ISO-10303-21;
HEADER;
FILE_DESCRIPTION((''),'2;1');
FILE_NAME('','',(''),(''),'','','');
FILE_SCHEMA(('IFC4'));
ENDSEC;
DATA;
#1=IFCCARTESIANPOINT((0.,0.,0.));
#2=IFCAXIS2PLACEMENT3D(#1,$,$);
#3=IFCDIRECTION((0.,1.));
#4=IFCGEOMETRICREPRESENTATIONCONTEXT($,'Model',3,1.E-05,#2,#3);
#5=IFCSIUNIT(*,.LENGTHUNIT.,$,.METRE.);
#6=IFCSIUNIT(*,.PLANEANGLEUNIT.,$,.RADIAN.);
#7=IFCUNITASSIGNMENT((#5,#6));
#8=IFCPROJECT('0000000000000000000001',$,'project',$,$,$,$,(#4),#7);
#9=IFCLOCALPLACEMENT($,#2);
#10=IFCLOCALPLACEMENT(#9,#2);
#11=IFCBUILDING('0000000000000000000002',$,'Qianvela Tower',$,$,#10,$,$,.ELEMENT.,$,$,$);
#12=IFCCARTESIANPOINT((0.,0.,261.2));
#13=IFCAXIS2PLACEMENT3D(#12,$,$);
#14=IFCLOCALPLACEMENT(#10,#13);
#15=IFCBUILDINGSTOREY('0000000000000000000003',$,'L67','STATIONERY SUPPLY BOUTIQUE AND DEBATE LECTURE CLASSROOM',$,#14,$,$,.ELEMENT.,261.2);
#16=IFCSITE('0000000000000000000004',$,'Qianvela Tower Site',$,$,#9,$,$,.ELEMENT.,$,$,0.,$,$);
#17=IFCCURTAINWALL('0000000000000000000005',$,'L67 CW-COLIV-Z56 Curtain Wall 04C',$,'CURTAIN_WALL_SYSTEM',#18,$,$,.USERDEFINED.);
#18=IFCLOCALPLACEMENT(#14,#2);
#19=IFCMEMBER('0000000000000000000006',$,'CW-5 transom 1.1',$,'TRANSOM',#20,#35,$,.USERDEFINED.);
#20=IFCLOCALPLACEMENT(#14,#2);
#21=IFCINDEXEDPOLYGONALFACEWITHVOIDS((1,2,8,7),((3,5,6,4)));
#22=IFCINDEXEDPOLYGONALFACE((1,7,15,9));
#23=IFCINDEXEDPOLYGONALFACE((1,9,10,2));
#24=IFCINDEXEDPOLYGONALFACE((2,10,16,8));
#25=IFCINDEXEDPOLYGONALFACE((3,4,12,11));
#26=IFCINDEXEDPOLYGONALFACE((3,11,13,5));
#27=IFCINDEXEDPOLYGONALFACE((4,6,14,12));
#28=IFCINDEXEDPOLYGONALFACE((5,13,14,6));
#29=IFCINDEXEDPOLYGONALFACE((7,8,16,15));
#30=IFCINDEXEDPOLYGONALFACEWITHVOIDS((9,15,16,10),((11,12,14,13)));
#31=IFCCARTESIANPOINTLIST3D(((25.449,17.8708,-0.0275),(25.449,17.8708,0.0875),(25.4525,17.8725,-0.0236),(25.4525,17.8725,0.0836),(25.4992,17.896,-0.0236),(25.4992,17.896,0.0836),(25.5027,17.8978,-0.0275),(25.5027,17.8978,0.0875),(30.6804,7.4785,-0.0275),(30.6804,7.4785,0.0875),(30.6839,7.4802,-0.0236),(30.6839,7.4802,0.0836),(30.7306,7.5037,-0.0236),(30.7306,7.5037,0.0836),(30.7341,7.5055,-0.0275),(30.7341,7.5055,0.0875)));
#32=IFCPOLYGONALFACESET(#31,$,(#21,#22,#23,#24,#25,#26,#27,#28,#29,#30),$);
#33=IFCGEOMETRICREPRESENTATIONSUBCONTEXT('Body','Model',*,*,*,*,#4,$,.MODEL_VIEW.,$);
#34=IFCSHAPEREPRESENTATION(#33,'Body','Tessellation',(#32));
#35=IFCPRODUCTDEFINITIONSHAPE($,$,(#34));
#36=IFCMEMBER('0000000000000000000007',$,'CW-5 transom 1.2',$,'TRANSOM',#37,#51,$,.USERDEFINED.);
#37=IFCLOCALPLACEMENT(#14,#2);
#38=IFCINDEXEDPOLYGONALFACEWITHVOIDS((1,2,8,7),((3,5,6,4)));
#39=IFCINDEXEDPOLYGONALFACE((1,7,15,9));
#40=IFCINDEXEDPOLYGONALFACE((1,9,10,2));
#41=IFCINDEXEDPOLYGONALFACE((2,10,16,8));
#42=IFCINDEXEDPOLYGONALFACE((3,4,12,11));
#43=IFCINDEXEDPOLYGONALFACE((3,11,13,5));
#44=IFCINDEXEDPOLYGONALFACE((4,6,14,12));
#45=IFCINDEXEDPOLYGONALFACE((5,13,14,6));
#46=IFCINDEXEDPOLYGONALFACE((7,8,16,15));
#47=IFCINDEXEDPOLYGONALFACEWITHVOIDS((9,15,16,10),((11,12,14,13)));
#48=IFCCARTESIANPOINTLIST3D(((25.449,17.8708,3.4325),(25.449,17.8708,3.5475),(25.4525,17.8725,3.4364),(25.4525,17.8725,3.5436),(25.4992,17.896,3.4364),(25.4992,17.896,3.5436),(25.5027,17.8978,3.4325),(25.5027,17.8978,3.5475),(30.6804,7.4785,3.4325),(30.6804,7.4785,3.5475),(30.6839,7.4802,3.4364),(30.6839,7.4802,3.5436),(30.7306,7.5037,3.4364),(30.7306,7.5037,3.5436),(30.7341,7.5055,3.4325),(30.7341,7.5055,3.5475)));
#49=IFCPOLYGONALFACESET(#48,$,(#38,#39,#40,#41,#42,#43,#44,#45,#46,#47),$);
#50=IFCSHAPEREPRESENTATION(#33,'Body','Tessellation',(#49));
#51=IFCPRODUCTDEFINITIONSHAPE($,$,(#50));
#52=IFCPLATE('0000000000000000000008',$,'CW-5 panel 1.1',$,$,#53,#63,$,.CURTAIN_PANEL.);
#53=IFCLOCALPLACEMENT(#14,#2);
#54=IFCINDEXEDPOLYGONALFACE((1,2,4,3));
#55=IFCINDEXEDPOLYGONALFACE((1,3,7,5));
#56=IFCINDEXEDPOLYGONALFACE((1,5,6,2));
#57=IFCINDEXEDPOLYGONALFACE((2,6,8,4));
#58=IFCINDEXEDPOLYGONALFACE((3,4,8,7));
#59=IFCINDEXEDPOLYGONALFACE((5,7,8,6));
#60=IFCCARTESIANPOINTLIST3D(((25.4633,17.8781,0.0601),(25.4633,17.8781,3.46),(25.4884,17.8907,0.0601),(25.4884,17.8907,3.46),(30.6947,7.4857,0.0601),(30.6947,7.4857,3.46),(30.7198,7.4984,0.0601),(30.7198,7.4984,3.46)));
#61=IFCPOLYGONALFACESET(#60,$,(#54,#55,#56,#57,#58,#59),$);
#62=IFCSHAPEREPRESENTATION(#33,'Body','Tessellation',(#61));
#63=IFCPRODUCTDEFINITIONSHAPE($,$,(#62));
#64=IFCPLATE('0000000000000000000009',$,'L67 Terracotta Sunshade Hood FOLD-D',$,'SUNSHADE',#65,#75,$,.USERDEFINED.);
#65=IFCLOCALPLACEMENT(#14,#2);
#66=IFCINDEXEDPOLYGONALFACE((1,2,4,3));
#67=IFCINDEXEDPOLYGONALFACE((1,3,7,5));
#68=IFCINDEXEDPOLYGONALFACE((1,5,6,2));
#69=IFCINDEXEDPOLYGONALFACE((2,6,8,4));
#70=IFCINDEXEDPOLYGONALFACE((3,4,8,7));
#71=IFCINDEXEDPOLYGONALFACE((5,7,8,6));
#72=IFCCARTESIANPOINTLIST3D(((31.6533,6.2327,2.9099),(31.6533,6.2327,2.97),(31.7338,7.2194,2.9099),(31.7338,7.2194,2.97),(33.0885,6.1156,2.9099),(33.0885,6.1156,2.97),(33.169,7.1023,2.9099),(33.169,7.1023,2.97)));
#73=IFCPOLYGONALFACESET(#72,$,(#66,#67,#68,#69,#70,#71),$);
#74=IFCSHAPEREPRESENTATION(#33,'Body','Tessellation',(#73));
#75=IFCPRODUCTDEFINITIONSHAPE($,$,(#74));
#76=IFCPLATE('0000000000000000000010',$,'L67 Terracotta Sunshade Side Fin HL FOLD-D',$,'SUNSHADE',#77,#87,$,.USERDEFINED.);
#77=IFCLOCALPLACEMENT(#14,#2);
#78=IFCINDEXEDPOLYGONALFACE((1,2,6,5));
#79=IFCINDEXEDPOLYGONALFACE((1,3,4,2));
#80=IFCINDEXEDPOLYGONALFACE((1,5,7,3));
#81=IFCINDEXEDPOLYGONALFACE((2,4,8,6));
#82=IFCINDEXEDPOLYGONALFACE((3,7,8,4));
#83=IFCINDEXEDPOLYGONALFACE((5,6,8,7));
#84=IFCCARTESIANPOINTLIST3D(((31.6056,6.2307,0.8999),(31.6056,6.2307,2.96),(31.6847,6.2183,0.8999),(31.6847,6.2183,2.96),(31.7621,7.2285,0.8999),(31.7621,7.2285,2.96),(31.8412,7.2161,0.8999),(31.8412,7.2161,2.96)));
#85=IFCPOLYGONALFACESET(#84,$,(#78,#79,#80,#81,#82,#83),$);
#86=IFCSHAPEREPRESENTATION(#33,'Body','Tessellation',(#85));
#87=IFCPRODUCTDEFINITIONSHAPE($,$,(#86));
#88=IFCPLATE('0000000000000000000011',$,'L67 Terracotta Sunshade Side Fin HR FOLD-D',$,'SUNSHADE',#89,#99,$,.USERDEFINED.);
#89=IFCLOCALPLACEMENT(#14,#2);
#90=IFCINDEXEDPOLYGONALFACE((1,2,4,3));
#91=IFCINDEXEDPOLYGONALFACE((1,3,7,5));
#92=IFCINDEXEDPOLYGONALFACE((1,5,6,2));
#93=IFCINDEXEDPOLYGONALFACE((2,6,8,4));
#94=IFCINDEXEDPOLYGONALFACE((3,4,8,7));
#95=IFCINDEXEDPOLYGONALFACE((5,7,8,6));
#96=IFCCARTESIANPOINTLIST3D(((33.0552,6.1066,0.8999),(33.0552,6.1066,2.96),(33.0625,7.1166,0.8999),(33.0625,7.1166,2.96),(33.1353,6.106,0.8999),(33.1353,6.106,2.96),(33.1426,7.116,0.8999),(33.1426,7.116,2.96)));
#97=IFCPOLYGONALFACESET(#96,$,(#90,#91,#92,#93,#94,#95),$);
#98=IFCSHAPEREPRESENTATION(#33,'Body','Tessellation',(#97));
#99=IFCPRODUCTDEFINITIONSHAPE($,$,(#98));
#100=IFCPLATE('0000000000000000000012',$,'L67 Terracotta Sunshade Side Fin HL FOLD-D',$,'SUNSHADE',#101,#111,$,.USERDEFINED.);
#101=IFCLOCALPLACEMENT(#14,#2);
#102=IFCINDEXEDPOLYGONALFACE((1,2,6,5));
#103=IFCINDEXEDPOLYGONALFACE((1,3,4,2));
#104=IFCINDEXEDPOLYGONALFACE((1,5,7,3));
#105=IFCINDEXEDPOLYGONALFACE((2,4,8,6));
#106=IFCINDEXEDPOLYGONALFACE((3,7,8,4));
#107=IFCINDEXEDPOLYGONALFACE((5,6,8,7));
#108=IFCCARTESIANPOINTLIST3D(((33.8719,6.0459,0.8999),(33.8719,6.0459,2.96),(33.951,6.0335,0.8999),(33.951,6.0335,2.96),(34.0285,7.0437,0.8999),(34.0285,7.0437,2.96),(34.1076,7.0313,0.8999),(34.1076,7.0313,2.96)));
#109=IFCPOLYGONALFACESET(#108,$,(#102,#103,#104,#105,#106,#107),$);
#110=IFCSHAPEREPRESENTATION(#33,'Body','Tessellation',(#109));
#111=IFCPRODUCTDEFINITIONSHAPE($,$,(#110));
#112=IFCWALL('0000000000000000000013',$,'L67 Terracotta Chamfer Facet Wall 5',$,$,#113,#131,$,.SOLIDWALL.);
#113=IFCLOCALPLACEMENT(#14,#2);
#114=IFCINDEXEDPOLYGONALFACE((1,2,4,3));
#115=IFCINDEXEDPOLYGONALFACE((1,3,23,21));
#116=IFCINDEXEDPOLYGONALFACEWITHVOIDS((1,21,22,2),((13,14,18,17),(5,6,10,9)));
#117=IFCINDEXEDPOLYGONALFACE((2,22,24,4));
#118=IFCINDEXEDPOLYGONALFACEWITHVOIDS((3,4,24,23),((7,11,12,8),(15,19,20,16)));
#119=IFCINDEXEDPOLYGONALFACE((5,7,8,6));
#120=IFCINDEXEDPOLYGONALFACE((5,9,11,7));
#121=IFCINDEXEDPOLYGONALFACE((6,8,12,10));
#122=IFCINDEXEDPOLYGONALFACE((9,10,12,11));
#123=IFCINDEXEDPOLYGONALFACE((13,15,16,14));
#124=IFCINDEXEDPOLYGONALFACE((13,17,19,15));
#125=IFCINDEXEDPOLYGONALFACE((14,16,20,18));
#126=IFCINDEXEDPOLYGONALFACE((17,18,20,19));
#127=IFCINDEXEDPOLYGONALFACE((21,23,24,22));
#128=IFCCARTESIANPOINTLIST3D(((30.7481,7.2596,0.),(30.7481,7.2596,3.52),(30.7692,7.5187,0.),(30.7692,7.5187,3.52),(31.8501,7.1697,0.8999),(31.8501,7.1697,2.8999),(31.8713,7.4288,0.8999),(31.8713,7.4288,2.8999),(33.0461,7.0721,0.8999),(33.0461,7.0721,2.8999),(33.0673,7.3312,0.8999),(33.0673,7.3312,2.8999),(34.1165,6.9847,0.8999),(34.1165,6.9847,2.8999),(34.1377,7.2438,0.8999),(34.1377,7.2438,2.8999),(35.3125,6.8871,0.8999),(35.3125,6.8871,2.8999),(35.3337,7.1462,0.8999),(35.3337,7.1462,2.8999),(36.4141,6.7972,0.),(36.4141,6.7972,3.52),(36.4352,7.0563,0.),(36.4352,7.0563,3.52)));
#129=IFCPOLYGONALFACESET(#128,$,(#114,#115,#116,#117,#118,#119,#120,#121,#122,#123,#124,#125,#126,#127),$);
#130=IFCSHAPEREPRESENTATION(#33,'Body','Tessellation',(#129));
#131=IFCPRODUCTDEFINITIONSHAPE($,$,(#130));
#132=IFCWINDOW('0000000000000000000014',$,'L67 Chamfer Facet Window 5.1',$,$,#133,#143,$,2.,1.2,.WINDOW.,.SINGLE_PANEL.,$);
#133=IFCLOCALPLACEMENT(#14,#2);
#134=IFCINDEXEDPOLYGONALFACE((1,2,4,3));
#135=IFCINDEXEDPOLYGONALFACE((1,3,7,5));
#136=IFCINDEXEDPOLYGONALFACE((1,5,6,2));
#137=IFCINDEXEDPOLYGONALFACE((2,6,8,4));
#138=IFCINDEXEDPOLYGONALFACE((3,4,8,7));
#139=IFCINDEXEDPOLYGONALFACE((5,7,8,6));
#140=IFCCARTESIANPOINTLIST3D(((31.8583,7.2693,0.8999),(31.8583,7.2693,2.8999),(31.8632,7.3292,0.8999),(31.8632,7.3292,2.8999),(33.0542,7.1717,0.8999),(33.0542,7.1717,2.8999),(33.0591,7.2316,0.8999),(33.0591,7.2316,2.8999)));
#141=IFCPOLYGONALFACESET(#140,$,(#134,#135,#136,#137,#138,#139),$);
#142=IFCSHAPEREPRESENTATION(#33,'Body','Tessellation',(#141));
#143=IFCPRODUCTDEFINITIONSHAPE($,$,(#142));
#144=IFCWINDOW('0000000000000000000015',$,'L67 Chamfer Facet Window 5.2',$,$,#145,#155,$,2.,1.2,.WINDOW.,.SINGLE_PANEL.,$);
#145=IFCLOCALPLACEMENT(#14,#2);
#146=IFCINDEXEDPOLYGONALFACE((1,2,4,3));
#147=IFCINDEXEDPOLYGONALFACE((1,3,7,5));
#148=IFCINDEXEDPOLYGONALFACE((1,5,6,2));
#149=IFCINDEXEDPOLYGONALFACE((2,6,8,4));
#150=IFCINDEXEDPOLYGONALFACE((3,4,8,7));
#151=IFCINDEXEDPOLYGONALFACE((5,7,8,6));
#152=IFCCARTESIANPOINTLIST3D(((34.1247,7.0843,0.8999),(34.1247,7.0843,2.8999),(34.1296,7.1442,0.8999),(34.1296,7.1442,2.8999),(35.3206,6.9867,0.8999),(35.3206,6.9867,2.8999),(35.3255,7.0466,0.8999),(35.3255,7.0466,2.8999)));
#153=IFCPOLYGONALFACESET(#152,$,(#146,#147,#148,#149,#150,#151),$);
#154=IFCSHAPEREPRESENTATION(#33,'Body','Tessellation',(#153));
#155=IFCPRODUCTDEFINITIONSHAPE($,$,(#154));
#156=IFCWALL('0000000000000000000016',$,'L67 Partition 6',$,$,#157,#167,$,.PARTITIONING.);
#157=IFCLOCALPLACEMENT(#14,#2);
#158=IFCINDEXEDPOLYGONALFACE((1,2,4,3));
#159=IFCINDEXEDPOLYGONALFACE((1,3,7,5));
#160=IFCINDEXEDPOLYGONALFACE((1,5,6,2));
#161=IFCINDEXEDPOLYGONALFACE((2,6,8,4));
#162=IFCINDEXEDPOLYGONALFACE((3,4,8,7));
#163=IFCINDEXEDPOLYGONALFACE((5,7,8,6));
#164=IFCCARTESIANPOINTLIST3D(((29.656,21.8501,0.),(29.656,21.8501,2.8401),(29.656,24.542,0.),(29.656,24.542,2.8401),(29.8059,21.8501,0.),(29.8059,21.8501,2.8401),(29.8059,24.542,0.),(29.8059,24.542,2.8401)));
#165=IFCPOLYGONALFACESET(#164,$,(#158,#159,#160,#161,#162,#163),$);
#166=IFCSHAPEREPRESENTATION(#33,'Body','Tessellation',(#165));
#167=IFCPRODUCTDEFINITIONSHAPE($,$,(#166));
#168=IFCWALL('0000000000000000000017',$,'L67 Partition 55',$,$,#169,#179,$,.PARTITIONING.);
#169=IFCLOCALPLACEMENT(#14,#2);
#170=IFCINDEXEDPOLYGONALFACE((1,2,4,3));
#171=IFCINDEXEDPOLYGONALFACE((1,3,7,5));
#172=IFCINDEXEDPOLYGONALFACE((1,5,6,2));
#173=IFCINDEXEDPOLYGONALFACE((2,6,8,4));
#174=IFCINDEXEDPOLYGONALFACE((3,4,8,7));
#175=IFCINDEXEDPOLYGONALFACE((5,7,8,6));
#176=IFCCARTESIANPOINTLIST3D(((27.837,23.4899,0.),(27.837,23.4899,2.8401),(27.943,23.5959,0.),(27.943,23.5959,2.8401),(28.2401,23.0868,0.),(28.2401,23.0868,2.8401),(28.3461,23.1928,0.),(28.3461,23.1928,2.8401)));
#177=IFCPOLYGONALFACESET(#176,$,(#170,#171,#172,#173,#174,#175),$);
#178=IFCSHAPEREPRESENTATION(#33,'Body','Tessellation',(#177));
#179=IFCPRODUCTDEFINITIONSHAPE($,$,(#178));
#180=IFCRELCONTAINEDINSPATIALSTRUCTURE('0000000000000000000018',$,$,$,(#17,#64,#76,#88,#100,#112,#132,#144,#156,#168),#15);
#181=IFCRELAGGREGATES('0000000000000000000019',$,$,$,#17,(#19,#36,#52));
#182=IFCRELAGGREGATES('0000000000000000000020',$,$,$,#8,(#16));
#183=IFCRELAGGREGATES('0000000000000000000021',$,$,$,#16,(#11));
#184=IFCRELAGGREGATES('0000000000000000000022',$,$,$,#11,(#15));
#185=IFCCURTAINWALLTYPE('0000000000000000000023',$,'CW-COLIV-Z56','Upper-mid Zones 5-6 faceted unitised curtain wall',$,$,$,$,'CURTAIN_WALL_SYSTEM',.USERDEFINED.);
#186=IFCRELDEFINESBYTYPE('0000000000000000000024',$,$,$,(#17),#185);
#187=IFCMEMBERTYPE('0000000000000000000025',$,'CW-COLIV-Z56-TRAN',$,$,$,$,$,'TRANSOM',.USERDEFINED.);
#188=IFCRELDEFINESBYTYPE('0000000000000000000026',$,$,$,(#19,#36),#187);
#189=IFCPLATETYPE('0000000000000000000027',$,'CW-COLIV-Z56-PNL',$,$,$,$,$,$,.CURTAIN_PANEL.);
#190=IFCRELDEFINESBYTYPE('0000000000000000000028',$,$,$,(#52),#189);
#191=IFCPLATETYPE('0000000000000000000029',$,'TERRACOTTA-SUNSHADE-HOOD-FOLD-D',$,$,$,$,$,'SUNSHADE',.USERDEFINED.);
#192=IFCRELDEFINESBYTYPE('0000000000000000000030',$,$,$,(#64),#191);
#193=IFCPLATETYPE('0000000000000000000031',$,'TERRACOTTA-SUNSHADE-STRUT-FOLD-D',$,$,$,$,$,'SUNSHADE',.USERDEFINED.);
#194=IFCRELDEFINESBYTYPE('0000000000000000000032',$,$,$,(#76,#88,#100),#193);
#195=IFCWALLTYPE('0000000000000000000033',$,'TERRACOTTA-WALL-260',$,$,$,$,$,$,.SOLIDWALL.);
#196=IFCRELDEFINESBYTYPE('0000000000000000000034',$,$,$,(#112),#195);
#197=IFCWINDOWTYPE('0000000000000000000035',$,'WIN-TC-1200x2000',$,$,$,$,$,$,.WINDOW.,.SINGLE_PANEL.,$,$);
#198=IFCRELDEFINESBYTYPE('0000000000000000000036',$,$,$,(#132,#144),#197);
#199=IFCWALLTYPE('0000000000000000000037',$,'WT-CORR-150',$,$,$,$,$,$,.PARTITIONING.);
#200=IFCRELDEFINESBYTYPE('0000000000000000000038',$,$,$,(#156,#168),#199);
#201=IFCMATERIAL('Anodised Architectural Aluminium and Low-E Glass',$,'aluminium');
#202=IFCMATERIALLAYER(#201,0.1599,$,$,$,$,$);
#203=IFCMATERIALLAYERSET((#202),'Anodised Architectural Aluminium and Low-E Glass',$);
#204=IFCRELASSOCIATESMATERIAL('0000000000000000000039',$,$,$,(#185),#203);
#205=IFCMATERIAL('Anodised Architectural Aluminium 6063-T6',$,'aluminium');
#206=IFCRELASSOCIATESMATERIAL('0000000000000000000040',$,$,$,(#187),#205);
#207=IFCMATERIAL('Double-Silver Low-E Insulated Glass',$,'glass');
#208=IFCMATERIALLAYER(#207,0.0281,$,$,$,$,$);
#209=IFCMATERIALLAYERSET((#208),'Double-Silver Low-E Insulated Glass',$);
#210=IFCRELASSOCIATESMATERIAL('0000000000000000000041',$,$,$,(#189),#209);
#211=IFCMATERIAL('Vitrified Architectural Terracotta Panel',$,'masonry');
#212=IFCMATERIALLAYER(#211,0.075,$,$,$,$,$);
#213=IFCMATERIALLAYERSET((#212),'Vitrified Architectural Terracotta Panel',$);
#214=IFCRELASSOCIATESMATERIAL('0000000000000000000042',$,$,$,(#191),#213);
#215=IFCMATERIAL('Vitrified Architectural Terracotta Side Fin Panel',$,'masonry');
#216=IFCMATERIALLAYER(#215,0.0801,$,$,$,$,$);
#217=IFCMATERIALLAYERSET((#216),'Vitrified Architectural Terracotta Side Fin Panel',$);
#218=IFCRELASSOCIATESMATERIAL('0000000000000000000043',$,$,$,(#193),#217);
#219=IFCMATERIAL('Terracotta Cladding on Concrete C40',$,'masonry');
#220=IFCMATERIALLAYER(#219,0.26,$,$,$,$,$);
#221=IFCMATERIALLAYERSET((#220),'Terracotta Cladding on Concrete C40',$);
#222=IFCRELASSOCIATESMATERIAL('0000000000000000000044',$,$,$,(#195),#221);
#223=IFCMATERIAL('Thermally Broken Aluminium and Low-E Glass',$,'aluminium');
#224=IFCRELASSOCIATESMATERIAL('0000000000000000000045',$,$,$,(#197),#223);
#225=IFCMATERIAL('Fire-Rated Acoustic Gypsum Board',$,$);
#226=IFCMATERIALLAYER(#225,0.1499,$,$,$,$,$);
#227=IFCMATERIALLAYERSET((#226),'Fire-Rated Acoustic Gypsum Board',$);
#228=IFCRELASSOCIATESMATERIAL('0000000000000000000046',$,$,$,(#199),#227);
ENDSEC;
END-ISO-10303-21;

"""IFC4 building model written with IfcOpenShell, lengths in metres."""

from ifc_helpers import new_model, si_unit, direction, frame, frame_2d, origin, origin_2d, place, context, subcontext, project, spatial, rectangle, hollow_rectangle, extrude, material, layer, layer_set, material_profile, profile_set, type_object, element, fill, aggregate, save


model = new_model("IFC4")

# Units and contexts
model_context = context("Model", 3, precision=1e-05, world=origin(), true_north=direction((0.0, 1.0)))
body_context = subcontext(model_context, "Body", "Model", "MODEL_VIEW")
ifc_project = project(units=[si_unit("LENGTHUNIT", "METRE"), si_unit("PLANEANGLEUNIT", "RADIAN")], contexts=[model_context])

# Site, building, storey
site_placement = place(None, origin())
site = spatial("IfcSite", under=ifc_project, at=site_placement, Name="Qianvela Tower Site", CompositionType="ELEMENT", RefElevation=0.0)
building_placement = place(site_placement, origin())
building = spatial("IfcBuilding", under=site, at=building_placement, Name="Qianvela Tower", CompositionType="ELEMENT")
storey_placement = place(building_placement, frame((0.0, 0.0, 261.2)))
storey = spatial("IfcBuildingStorey", under=building, at=storey_placement, Name="L67", Description="STATIONERY SUPPLY BOUTIQUE AND DEBATE LECTURE CLASSROOM", CompositionType="ELEMENT", Elevation=261.2)

# Curtain wall, members, plate
ifc_material_1 = material(Name="Anodised Architectural Aluminium and Low-E Glass", Category="aluminium")
ifc_layer_1 = layer(ifc_material_1, 0.1599)
ifc_layer_set_1 = layer_set([ifc_layer_1], Name="Anodised Architectural Aluminium and Low-E Glass")
curtain_wall_type = type_object("IfcCurtainWallType", Name="CW-COLIV-Z56", Description="Upper-mid Zones 5-6 faceted unitised curtain wall", ElementType="CURTAIN_WALL_SYSTEM", PredefinedType="USERDEFINED", material=ifc_layer_set_1)
curtain_wall_placement = place(storey_placement, origin())
curtain_wall = element("IfcCurtainWall", 1, at=curtain_wall_placement, inside=storey, type_object=curtain_wall_type, Name="L67 CW-COLIV-Z56 Curtain Wall 04C", ObjectType="CURTAIN_WALL_SYSTEM", PredefinedType="USERDEFINED")
ifc_material_2 = material(Name="Anodised Architectural Aluminium 6063-T6", Category="aluminium")
ifc_material_profile_1 = material_profile(ifc_material_2, hollow_rectangle(XDim=0.0601, YDim=0.115, WallThickness=0.0039, at=origin_2d()), Name="ALU-TRAN-60x115")
ifc_profile_set_1 = profile_set([ifc_material_profile_1], Name="Anodised Architectural Aluminium 6063-T6")
member_type_1 = type_object("IfcMemberType", Name="CW-COLIV-Z56-TRAN", ElementType="TRANSOM", PredefinedType="USERDEFINED", material=ifc_profile_set_1)
member_1_placement = place(storey_placement, frame((25.4758, 17.8843, 0.03), z_axis=(0.449638, -0.893211, 0.0), x_axis=(0.893211, 0.449638, 0.0)))
member_1 = element("IfcMember", 2, at=member_1_placement, type_object=member_type_1, Name="CW-5 transom 1.1", ObjectType="TRANSOM", PredefinedType="USERDEFINED", context=body_context, shape_type="SweptSolid", body=[
    extrude(hollow_rectangle(XDim=0.0601, YDim=0.115, WallThickness=0.0039, at=origin_2d()), origin(), (0.0, 0.0, 1.0), 11.6348),
])
member_2_placement = place(storey_placement, frame((25.4758, 17.8843, 3.49), z_axis=(0.449638, -0.893211, 0.0), x_axis=(0.893211, 0.449638, 0.0)))
member_2 = element("IfcMember", 3, at=member_2_placement, type_object=member_type_1, Name="CW-5 transom 1.2", ObjectType="TRANSOM", PredefinedType="USERDEFINED", context=body_context, shape_type="SweptSolid", body=[
    extrude(hollow_rectangle(XDim=0.0601, YDim=0.115, WallThickness=0.0039, at=origin_2d()), origin(), (0.0, 0.0, 1.0), 11.6348),
])
ifc_material_3 = material(Name="Double-Silver Low-E Insulated Glass", Category="glass")
ifc_layer_2 = layer(ifc_material_3, 0.0281)
ifc_layer_set_2 = layer_set([ifc_layer_2], Name="Double-Silver Low-E Insulated Glass")
plate_type_1 = type_object("IfcPlateType", Name="CW-COLIV-Z56-PNL", PredefinedType="CURTAIN_PANEL", material=ifc_layer_set_2)
plate_1_placement = place(storey_placement, frame((28.0916, 12.6882, 0.0601), z_axis=(0.0, 0.0, 1.0), x_axis=(0.449629, -0.893215, 0.0)))
plate_1 = element("IfcPlate", 4, at=plate_1_placement, type_object=plate_type_1, Name="CW-5 panel 1.1", PredefinedType="CURTAIN_PANEL", context=body_context, shape_type="SweptSolid", body=[
    extrude(rectangle(XDim=11.6348, YDim=0.0281, at=origin_2d()), origin(), (0.0, 0.0, 1.0), 3.3999),
])
aggregate(curtain_wall, [member_1, member_2, plate_1])

# Plates
ifc_material_4 = material(Name="Vitrified Architectural Terracotta Panel", Category="masonry")
ifc_layer_3 = layer(ifc_material_4, 0.075)
ifc_layer_set_3 = layer_set([ifc_layer_3], Name="Vitrified Architectural Terracotta Panel")
plate_type_2 = type_object("IfcPlateType", Name="TERRACOTTA-SUNSHADE-HOOD-FOLD-D", ElementType="SUNSHADE", PredefinedType="USERDEFINED", material=ifc_layer_set_3)
plate_2_placement = place(storey_placement, frame((32.4111, 6.6675, 2.9099), z_axis=(0.0, 0.0, 1.0), x_axis=(0.996686, -0.08134, 0.0)))
element("IfcPlate", 5, at=plate_2_placement, inside=storey, type_object=plate_type_2, Name="L67 Terracotta Sunshade Hood FOLD-D", ObjectType="SUNSHADE", PredefinedType="USERDEFINED", context=body_context, shape_type="SweptSolid", body=[
    extrude(rectangle(XDim=1.4399, YDim=0.99, at=origin_2d()), origin(), (0.0, 0.0, 1.0), 0.0601),
])
ifc_material_5 = material(Name="Vitrified Architectural Terracotta Side Fin Panel", Category="masonry")
ifc_layer_4 = layer(ifc_material_5, 0.0801)
ifc_layer_set_4 = layer_set([ifc_layer_4], Name="Vitrified Architectural Terracotta Side Fin Panel")
plate_type_3 = type_object("IfcPlateType", Name="TERRACOTTA-SUNSHADE-STRUT-FOLD-D", ElementType="SUNSHADE", PredefinedType="USERDEFINED", material=ifc_layer_set_4)
for number, where, z_axis, x_axis, name in (
    (6, (31.7234, 6.7234, 0.8999), (0.0, 0.0, 1.0), (0.987918, -0.154979, 0.0), "L67 Terracotta Sunshade Side Fin HL FOLD-D"),
    (7, (33.0989, 6.6113, 0.8999), (0.0, 0.0, 1.0), (0.999974, -0.007254, 0.0), "L67 Terracotta Sunshade Side Fin HR FOLD-D"),
    (8, (33.9897, 6.5386, 0.8999), (0.0, 0.0, 1.0), (0.987918, -0.154979, 0.0), "L67 Terracotta Sunshade Side Fin HL FOLD-D"),
):
    element("IfcPlate", number, at=place(storey_placement, frame(where, z_axis=z_axis, x_axis=x_axis)), inside=storey, type_object=plate_type_3, Name=name, ObjectType="SUNSHADE", PredefinedType="USERDEFINED", context=body_context, shape_type="SweptSolid", body=[
        extrude(rectangle(XDim=0.0801, YDim=1.01, at=origin_2d()), origin(), (0.0, 0.0, 1.0), 2.0601),
    ])

# Wall, openings, windows
ifc_material_6 = material(Name="Terracotta Cladding on Concrete C40", Category="masonry")
ifc_layer_5 = layer(ifc_material_6, 0.26)
ifc_layer_set_5 = layer_set([ifc_layer_5], Name="Terracotta Cladding on Concrete C40")
wall_type_1 = type_object("IfcWallType", Name="TERRACOTTA-WALL-260", PredefinedType="SOLIDWALL", material=ifc_layer_set_5)
wall_1_placement = place(storey_placement, frame((30.7588, 7.3892, 0.0), z_axis=(0.0, 0.0, 1.0), x_axis=(0.996686, -0.081339, 0.0)))
wall_1 = element("IfcWall", 9, at=wall_1_placement, inside=storey, type_object=wall_type_1, Name="L67 Terracotta Chamfer Facet Wall 5", PredefinedType="SOLIDWALL", context=body_context, shape_type="SweptSolid", body=[
    extrude(rectangle(XDim=5.6848, YDim=0.26, at=frame_2d((2.8423, 0.0))), origin(), (0.0, 0.0, 1.0), 3.52),
])
opening_1_placement = place(wall_1_placement, frame((1.1055, 0.0, 0.8999)))
opening_1 = element("IfcOpeningElement", 10, at=opening_1_placement, cuts=wall_1, PredefinedType="OPENING", context=body_context, shape_type="SweptSolid", body=[
    extrude(rectangle(XDim=1.2, YDim=2.0, at=frame_2d((0.6001, 1.0))), frame((0.0, 0.1399, 0.0), z_axis=(0.0, -1.0, 0.0), x_axis=(1.0, 0.0, 0.0)), (0.0, 0.0, 1.0), 0.28),
])
opening_2_placement = place(wall_1_placement, frame((3.3794, 0.0, 0.8999)))
opening_2 = element("IfcOpeningElement", 11, at=opening_2_placement, cuts=wall_1, PredefinedType="OPENING", context=body_context, shape_type="SweptSolid", body=[
    extrude(rectangle(XDim=1.2, YDim=2.0, at=frame_2d((0.6001, 1.0))), frame((0.0, 0.1399, 0.0), z_axis=(0.0, -1.0, 0.0), x_axis=(1.0, 0.0, 0.0)), (0.0, 0.0, 1.0), 0.28),
])
ifc_material_7 = material(Name="Thermally Broken Aluminium and Low-E Glass", Category="aluminium")
window_type = type_object("IfcWindowType", Name="WIN-TC-1200x2000", PartitioningType="SINGLE_PANEL", PredefinedType="WINDOW", material=ifc_material_7)
window_1_placement = place(opening_1_placement, origin())
window_1 = element("IfcWindow", 12, at=window_1_placement, inside=storey, type_object=window_type, Name="L67 Chamfer Facet Window 5.1", OverallHeight=2.0, OverallWidth=1.2, PartitioningType="SINGLE_PANEL", PredefinedType="WINDOW", context=body_context, shape_type="SweptSolid", body=[
    extrude(rectangle(XDim=1.2, YDim=2.0, at=frame_2d((0.6001, 1.0))), frame((0.0, 0.03, 0.0), z_axis=(0.0, -1.0, 0.0), x_axis=(1.0, 0.0, 0.0)), (0.0, 0.0, 1.0), 0.0601),
])
fill(opening_1, window_1)
window_2_placement = place(opening_2_placement, origin())
window_2 = element("IfcWindow", 13, at=window_2_placement, inside=storey, type_object=window_type, Name="L67 Chamfer Facet Window 5.2", OverallHeight=2.0, OverallWidth=1.2, PartitioningType="SINGLE_PANEL", PredefinedType="WINDOW", context=body_context, shape_type="SweptSolid", body=[
    extrude(rectangle(XDim=1.2, YDim=2.0, at=frame_2d((0.6001, 1.0))), frame((0.0, 0.03, 0.0), z_axis=(0.0, -1.0, 0.0), x_axis=(1.0, 0.0, 0.0)), (0.0, 0.0, 1.0), 0.0601),
])
fill(opening_2, window_2)

# Shared definitions
ifc_material_8 = material(Name="Fire-Rated Acoustic Gypsum Board")
ifc_layer_6 = layer(ifc_material_8, 0.1499)
ifc_layer_set_6 = layer_set([ifc_layer_6], Name="Fire-Rated Acoustic Gypsum Board")
wall_type_2 = type_object("IfcWallType", Name="WT-CORR-150", PredefinedType="PARTITIONING", material=ifc_layer_set_6)

# Walls
wall_2_placement = place(storey_placement, frame((29.731, 21.8501, 0.0), z_axis=(0.0, 0.0, 1.0), x_axis=(0.0, 1.0, 0.0)))
element("IfcWall", 14, at=wall_2_placement, inside=storey, type_object=wall_type_2, Name="L67 Partition 6", PredefinedType="PARTITIONING", context=body_context, shape_type="SweptSolid", body=[
    extrude(rectangle(XDim=2.6919, YDim=0.1499, at=frame_2d((1.3459, 0.0))), origin(), (0.0, 0.0, 1.0), 2.8401),
])
wall_3_placement = place(storey_placement, frame((27.8899, 23.543, 0.0), z_axis=(0.0, 0.0, 1.0), x_axis=(0.707107, -0.707107, 0.0)))
element("IfcWall", 15, at=wall_3_placement, inside=storey, type_object=wall_type_2, Name="L67 Partition 55", PredefinedType="PARTITIONING", context=body_context, shape_type="SweptSolid", body=[
    extrude(rectangle(XDim=0.5701, YDim=0.1499, at=frame_2d((0.2852, 0.0))), origin(), (0.0, 0.0, 1.0), 2.8401),
])

save(model, "model.ifc")
